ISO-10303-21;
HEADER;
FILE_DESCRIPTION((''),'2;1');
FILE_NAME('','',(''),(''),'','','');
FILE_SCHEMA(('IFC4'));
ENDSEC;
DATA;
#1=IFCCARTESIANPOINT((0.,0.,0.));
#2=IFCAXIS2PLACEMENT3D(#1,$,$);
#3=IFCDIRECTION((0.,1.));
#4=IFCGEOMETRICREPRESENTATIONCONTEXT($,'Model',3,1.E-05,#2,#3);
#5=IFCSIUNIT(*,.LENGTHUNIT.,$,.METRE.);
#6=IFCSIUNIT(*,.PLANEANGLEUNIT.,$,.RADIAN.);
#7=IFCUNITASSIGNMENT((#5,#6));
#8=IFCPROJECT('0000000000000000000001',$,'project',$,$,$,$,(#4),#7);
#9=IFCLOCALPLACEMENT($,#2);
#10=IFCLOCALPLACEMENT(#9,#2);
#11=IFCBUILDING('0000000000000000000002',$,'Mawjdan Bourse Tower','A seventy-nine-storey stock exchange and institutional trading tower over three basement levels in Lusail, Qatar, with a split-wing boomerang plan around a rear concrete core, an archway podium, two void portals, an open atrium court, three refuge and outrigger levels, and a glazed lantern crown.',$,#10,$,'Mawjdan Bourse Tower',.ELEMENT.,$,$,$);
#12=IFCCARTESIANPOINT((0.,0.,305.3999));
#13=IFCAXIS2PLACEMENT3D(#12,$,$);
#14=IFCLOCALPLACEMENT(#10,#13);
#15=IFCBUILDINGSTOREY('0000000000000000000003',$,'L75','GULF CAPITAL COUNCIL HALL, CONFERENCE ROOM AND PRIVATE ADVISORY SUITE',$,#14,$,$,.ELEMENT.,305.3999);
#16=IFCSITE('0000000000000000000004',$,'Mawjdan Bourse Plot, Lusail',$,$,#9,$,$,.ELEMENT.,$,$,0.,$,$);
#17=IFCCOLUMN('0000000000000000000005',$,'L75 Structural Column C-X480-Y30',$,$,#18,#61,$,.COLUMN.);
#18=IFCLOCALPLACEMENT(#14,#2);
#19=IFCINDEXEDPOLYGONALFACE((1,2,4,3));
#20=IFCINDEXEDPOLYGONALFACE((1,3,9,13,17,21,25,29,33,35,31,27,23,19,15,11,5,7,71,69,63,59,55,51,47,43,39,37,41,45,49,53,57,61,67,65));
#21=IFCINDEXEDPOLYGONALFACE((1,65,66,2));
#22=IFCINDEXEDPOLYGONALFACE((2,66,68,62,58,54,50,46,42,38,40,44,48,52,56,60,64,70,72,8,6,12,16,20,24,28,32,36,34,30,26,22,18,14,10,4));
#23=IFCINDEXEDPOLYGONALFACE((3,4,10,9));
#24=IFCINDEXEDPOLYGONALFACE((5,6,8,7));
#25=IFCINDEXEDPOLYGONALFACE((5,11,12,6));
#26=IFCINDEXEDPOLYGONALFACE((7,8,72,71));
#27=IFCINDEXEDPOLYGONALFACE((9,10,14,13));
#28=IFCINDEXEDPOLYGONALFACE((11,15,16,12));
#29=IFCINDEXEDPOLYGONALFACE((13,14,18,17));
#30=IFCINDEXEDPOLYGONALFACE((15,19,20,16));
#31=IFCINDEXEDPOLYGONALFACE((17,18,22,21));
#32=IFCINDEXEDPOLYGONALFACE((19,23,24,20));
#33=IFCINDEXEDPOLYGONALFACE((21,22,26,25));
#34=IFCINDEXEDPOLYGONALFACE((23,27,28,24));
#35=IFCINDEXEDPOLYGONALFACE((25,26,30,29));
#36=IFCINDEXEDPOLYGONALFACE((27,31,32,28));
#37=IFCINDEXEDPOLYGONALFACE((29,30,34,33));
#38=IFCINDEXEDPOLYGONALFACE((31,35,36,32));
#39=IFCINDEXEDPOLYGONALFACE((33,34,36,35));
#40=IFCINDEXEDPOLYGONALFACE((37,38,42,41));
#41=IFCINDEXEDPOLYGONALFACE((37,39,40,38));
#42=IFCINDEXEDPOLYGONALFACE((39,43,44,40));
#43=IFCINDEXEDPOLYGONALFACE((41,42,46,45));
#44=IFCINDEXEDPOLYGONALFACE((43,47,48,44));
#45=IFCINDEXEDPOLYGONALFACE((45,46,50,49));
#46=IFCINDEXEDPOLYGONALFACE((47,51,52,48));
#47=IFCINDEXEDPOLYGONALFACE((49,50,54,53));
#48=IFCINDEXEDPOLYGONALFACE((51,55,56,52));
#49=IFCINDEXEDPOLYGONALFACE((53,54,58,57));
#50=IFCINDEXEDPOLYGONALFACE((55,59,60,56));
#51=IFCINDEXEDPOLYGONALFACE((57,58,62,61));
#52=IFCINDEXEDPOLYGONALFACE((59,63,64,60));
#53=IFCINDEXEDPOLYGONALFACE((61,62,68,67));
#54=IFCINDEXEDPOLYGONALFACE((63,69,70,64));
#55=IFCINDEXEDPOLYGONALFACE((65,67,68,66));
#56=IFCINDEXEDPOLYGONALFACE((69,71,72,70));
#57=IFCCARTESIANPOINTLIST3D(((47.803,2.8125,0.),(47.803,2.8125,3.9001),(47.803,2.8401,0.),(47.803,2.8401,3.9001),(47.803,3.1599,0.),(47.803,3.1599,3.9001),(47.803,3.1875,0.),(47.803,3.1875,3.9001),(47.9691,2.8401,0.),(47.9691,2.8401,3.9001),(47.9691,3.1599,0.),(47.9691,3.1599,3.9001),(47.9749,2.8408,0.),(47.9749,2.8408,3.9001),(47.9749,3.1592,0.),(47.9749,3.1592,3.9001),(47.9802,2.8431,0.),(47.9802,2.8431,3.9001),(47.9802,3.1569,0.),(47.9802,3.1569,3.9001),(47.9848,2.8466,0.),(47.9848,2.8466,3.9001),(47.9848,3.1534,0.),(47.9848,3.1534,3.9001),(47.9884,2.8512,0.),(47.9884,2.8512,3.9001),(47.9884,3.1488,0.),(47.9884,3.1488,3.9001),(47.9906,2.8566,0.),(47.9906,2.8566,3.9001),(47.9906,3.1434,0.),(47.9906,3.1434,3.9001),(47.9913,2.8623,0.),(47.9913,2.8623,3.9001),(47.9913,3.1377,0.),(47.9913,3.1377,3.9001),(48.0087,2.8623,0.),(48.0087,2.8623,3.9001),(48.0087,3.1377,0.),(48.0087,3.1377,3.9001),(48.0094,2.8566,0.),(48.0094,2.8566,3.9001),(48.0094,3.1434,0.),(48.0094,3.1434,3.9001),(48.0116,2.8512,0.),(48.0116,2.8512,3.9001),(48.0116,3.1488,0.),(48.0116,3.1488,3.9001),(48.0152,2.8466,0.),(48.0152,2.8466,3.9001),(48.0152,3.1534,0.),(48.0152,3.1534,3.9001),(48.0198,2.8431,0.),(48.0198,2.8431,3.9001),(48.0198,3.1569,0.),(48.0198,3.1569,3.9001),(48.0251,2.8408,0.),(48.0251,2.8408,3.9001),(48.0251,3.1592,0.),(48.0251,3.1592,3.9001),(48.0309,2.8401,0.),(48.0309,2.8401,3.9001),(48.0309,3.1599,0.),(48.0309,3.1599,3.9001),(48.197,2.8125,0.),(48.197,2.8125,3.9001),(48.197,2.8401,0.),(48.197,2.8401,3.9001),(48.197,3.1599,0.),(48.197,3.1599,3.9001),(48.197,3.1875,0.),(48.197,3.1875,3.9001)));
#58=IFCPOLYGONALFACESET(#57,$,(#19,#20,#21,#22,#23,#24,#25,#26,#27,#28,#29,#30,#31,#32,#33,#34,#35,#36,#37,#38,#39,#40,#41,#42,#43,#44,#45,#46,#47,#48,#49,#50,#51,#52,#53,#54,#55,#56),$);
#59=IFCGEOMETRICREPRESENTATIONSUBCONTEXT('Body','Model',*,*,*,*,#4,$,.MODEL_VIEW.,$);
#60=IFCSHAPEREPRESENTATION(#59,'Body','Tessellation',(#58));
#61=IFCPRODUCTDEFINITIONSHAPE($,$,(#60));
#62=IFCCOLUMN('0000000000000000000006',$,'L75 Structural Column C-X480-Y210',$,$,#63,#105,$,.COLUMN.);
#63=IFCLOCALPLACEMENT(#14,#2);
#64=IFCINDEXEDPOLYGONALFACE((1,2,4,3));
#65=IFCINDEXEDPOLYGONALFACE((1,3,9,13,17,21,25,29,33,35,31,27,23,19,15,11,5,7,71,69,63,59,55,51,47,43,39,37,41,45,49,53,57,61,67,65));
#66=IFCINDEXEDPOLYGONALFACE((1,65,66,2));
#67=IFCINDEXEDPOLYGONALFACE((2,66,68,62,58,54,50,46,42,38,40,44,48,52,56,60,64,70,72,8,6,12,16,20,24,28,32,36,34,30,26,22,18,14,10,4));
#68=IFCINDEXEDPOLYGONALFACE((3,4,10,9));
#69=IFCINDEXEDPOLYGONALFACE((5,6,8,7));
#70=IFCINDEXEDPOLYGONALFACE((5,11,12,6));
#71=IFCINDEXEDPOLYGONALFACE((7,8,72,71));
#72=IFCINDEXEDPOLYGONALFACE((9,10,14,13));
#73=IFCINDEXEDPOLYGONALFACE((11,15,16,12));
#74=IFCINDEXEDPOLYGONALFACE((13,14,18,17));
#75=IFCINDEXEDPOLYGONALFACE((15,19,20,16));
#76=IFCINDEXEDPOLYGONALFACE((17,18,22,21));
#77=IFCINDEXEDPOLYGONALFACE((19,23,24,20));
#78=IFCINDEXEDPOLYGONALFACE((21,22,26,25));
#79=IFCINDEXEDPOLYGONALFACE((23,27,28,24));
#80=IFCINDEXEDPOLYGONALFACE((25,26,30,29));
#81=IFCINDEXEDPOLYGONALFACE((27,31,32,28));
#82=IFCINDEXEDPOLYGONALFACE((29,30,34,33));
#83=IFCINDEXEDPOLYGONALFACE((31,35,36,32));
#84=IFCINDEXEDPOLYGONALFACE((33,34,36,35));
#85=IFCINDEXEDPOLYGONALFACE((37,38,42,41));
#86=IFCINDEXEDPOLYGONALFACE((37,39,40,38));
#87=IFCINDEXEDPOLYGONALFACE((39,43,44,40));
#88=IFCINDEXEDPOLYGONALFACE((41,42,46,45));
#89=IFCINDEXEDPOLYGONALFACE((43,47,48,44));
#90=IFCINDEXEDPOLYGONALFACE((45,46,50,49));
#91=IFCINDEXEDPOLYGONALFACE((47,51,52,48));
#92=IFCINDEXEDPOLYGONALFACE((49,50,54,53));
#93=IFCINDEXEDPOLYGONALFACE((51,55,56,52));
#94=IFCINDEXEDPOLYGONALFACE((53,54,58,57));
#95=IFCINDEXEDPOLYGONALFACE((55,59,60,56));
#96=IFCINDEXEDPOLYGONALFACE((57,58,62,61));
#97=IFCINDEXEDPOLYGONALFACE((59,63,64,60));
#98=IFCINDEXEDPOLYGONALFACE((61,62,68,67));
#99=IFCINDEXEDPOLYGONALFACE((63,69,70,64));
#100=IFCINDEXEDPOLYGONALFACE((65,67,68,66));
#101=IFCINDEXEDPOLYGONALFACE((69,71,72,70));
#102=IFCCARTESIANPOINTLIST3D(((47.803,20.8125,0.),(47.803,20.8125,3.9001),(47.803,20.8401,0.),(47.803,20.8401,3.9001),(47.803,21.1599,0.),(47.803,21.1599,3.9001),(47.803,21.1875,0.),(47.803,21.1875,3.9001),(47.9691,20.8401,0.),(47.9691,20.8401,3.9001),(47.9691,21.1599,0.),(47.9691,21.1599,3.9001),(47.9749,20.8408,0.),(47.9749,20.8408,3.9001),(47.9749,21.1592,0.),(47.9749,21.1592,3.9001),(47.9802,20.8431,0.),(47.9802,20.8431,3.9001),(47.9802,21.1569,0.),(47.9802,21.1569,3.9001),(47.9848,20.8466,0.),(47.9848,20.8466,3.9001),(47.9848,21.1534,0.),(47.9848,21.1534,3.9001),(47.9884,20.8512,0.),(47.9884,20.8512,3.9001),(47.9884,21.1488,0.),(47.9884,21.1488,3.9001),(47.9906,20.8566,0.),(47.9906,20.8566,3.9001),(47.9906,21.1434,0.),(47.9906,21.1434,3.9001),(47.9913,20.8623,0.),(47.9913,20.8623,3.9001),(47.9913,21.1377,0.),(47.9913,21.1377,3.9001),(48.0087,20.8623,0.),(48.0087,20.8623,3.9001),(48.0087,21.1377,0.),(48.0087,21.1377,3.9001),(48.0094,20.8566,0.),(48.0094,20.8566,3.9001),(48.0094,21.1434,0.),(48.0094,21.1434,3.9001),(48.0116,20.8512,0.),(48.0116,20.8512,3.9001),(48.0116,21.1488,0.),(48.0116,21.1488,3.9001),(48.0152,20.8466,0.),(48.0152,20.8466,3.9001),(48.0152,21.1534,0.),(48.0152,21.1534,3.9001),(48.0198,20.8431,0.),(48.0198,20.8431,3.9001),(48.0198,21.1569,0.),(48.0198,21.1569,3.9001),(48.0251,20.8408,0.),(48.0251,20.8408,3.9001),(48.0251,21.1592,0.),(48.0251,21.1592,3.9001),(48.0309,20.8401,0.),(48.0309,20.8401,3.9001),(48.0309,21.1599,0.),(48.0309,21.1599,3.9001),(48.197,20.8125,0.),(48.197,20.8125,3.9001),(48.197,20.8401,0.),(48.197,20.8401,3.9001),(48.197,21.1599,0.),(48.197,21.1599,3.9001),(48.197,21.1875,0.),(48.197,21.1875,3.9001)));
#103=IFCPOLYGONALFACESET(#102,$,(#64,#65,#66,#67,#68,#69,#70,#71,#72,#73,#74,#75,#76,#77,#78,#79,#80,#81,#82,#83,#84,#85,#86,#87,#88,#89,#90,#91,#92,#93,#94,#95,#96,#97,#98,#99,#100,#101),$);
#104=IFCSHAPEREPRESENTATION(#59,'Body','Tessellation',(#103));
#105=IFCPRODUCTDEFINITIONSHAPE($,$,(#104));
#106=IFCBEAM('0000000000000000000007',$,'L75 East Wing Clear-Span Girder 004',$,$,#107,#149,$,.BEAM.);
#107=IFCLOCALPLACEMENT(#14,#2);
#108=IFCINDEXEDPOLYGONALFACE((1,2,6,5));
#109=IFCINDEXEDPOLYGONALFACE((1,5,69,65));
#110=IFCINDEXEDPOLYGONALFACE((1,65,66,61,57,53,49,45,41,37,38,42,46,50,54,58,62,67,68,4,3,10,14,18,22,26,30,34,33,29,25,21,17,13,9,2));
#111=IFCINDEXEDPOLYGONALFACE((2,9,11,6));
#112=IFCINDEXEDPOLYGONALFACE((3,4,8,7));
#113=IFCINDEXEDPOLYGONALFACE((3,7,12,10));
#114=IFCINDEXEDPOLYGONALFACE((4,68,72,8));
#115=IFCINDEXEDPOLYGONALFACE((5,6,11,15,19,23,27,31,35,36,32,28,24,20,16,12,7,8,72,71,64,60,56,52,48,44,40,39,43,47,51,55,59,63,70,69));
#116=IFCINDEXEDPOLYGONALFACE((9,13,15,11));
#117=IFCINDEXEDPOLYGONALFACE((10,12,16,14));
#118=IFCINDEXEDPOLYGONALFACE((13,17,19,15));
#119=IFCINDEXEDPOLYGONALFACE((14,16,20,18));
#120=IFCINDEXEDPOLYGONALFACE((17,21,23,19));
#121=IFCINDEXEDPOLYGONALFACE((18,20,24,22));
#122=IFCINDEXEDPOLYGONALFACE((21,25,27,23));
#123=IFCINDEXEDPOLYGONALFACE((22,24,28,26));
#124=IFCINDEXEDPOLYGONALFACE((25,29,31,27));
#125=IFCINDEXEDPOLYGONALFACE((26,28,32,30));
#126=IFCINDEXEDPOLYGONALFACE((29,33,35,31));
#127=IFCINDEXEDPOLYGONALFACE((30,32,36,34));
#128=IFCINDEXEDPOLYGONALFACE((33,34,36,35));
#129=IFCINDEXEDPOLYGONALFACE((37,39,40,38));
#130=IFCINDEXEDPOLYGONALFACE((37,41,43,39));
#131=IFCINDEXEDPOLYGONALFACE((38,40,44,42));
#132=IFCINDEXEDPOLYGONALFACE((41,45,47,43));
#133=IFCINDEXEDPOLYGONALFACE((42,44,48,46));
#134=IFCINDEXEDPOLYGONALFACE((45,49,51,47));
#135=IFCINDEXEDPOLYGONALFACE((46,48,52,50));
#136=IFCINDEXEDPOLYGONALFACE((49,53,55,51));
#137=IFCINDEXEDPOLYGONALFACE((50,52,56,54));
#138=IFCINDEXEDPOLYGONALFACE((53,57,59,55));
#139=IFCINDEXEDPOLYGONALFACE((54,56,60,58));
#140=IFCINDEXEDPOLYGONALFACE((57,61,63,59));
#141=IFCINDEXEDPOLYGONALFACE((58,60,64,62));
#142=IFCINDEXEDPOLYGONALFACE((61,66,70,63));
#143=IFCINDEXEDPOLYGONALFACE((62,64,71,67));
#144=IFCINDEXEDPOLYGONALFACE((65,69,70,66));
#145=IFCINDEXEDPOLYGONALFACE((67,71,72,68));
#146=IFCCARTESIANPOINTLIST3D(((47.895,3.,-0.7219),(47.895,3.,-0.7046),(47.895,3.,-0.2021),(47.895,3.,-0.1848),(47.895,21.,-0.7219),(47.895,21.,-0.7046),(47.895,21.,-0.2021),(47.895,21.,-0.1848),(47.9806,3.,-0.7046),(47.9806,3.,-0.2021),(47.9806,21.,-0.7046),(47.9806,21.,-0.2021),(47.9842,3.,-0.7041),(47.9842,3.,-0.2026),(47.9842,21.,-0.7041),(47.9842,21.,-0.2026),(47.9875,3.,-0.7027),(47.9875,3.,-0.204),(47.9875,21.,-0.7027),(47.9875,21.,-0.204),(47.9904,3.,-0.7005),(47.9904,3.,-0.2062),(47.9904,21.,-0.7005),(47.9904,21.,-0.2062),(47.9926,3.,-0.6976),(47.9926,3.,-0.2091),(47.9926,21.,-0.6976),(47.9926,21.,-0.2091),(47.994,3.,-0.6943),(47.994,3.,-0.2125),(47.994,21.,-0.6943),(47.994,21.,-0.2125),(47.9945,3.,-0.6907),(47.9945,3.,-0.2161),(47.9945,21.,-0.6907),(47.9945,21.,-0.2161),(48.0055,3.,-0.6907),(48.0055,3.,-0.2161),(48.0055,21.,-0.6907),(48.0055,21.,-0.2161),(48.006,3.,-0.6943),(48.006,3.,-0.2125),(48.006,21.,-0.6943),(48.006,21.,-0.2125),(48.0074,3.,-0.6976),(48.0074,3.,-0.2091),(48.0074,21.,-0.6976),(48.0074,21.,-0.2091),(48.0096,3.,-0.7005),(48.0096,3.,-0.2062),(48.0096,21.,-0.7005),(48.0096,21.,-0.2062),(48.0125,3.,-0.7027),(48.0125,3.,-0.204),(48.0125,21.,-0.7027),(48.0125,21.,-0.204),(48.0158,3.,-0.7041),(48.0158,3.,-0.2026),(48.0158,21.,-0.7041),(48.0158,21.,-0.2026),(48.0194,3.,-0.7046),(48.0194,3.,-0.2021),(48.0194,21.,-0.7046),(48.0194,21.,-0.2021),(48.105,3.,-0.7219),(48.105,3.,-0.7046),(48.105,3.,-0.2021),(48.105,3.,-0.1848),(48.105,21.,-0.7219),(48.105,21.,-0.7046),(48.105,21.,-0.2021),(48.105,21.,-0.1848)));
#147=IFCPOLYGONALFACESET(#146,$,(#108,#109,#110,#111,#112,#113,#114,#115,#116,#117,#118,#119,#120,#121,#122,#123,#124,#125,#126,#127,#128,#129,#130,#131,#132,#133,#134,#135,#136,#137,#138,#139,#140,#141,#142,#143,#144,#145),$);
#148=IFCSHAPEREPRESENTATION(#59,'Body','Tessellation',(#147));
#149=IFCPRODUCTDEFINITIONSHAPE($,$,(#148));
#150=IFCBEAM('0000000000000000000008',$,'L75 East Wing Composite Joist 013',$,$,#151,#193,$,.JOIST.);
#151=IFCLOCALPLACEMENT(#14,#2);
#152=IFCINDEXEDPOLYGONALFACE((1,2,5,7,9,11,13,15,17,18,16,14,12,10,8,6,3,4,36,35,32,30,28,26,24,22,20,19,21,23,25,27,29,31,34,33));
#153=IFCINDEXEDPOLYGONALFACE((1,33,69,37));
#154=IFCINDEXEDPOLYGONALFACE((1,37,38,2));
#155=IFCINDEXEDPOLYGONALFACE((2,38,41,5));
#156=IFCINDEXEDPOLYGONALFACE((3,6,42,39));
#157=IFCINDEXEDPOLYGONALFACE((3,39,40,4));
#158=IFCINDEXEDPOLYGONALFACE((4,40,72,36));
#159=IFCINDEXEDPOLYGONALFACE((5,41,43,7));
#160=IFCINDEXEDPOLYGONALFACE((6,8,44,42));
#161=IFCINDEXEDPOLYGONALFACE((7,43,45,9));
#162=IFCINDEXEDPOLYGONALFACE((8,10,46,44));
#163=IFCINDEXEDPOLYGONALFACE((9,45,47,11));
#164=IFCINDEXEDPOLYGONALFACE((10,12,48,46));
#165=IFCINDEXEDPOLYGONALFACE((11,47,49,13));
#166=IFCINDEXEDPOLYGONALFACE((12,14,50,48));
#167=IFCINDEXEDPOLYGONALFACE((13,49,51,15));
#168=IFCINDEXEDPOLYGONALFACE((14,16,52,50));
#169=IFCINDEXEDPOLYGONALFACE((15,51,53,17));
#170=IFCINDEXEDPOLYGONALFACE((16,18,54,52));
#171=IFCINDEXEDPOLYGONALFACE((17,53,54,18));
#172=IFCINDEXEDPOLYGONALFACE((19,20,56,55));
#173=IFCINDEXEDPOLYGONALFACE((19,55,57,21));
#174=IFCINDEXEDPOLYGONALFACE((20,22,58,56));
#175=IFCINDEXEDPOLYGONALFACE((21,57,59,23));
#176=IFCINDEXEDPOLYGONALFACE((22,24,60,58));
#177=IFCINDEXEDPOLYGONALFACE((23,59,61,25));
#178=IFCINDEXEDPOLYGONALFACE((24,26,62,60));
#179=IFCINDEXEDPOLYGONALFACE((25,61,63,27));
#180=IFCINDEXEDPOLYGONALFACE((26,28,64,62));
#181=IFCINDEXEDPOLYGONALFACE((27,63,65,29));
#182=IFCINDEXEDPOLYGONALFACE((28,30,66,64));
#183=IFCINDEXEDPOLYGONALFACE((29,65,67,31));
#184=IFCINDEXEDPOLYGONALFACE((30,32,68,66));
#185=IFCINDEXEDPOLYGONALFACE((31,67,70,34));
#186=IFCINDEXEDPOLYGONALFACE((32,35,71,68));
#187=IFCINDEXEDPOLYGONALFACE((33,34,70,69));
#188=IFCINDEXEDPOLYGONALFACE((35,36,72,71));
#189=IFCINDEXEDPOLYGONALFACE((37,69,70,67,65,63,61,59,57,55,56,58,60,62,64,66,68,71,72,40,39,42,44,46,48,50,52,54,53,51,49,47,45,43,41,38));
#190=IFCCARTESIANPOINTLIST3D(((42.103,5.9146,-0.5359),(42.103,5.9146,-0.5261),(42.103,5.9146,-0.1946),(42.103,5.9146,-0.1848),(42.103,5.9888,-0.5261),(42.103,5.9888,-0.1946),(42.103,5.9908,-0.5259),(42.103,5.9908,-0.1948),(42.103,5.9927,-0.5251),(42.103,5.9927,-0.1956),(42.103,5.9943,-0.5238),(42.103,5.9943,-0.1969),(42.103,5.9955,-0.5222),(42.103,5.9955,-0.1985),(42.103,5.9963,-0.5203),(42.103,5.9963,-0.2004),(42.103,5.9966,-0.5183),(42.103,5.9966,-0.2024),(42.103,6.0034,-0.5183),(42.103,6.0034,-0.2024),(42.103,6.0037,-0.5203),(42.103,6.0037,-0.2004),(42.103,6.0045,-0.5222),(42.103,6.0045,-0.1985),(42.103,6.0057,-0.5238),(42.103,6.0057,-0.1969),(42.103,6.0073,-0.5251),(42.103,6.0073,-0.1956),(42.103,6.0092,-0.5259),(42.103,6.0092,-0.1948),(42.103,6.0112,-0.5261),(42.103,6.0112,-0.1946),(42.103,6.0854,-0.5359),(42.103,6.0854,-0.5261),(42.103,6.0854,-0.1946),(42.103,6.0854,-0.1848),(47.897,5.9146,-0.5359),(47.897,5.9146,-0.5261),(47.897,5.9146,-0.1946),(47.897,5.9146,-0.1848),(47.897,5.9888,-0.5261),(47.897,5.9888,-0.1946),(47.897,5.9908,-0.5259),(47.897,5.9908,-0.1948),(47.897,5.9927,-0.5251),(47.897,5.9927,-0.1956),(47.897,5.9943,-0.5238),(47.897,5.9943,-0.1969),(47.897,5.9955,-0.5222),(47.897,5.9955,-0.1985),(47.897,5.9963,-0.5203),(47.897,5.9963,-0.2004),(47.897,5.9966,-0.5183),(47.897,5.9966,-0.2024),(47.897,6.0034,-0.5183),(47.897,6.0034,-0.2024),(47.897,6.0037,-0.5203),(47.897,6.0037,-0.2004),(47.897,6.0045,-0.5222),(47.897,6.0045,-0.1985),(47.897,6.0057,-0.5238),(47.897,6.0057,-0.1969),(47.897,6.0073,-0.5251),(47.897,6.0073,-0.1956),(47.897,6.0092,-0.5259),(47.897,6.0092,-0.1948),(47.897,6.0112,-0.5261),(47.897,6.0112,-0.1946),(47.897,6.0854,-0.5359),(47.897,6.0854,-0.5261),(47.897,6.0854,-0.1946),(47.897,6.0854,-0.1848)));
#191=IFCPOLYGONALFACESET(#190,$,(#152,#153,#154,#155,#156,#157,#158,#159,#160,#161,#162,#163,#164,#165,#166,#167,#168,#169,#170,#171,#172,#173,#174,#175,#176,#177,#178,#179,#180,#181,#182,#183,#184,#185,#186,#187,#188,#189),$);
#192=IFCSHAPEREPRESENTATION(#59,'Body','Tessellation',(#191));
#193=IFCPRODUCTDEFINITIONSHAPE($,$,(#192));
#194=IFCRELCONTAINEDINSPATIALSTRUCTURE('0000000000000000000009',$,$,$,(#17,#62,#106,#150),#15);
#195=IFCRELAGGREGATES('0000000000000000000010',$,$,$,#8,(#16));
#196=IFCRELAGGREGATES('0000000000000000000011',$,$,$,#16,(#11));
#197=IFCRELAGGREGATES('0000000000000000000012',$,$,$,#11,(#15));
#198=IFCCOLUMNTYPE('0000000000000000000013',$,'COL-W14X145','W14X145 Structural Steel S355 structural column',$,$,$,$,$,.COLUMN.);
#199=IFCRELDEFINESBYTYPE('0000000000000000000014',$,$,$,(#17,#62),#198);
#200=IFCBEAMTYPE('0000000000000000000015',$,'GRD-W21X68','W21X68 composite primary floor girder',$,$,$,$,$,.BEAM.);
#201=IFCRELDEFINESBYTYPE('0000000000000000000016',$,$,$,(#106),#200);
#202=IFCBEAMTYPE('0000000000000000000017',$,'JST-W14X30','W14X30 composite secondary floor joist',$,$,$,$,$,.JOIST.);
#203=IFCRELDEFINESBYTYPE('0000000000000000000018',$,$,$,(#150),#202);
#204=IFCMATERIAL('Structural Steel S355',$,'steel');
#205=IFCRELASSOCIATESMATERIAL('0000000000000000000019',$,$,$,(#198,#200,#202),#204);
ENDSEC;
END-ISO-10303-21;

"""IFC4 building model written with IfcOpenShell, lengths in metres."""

from ifc_helpers import new_model, si_unit, direction, frame, origin, origin_2d, place, context, subcontext, project, spatial, i_section, extrude, material, material_profile, profile_set, type_object, element, save


model = new_model("IFC4")

# Units and contexts
model_context = context("Model", 3, precision=1e-05, world=origin(), true_north=direction((0.0, 1.0)))
body_context = subcontext(model_context, "Body", "Model", "MODEL_VIEW")
ifc_project = project(units=[si_unit("LENGTHUNIT", "METRE"), si_unit("PLANEANGLEUNIT", "RADIAN")], contexts=[model_context])

# Site, building, storey
site_placement = place(None, origin())
site = spatial("IfcSite", under=ifc_project, at=site_placement, Name="Mawjdan Bourse Plot, Lusail", CompositionType="ELEMENT", RefElevation=0.0)
building_placement = place(site_placement, origin())
building = spatial("IfcBuilding", under=site, at=building_placement, Name="Mawjdan Bourse Tower", Description="A seventy-nine-storey stock exchange and institutional trading tower over three basement levels in Lusail, Qatar, with a split-wing boomerang plan around a rear concrete core, an archway podium, two void portals, an open atrium court, three refuge and outrigger levels, and a glazed lantern crown.", LongName="Mawjdan Bourse Tower", CompositionType="ELEMENT")
storey_placement = place(building_placement, frame((0.0, 0.0, 305.3999)))
storey = spatial("IfcBuildingStorey", under=building, at=storey_placement, Name="L75", Description="GULF CAPITAL COUNCIL HALL, CONFERENCE ROOM AND PRIVATE ADVISORY SUITE", CompositionType="ELEMENT", Elevation=305.3999)

# Columns
ifc_material_1 = material(Name="Structural Steel S355", Category="steel")
ifc_material_profile_1 = material_profile(ifc_material_1, i_section(OverallWidth=0.394, OverallDepth=0.375, WebThickness=0.0173, FlangeThickness=0.0276, FilletRadius=0.0222, at=origin_2d()), Name="W14X145")
ifc_profile_set_1 = profile_set([ifc_material_profile_1], Name="Structural Steel S355")
column_type = type_object("IfcColumnType", Name="COL-W14X145", Description="W14X145 Structural Steel S355 structural column", PredefinedType="COLUMN", material=ifc_profile_set_1)
for number, where, z_axis, x_axis, name in (
    (1, (48.0, 3.0, 0.0), (0.0, 0.0, 1.0), (1.0, 0.0, 0.0), "L75 Structural Column C-X480-Y30"),
    (2, (48.0, 21.0, 0.0), (0.0, 0.0, 1.0), (1.0, 0.0, 0.0), "L75 Structural Column C-X480-Y210"),
):
    element("IfcColumn", number, at=place(storey_placement, frame(where, z_axis=z_axis, x_axis=x_axis)), inside=storey, type_object=column_type, Name=name, PredefinedType="COLUMN", context=body_context, shape_type="SweptSolid", body=[
        extrude(i_section(OverallWidth=0.394, OverallDepth=0.375, WebThickness=0.0173, FlangeThickness=0.0276, FilletRadius=0.0222, at=origin_2d()), origin(), (0.0, 0.0, 1.0), 3.9001),
    ])

# Beams
ifc_material_profile_2 = material_profile(ifc_material_1, i_section(OverallWidth=0.21, OverallDepth=0.5371, WebThickness=0.011, FlangeThickness=0.0173, FilletRadius=0.0139, at=origin_2d()), Name="W21X68")
ifc_profile_set_2 = profile_set([ifc_material_profile_2], Name="Structural Steel S355")
beam_type_1 = type_object("IfcBeamType", Name="GRD-W21X68", Description="W21X68 composite primary floor girder", PredefinedType="BEAM", material=ifc_profile_set_2)
beam_placement = place(storey_placement, frame((48.0, 3.0, -0.4534), z_axis=(0.0, 1.0, 0.0), x_axis=(-1.0, 0.0, 0.0)))
element("IfcBeam", 3, at=beam_placement, inside=storey, type_object=beam_type_1, Name="L75 East Wing Clear-Span Girder 004", PredefinedType="BEAM", context=body_context, shape_type="SweptSolid", body=[
    extrude(i_section(OverallWidth=0.21, OverallDepth=0.5371, WebThickness=0.011, FlangeThickness=0.0173, FilletRadius=0.0139, at=origin_2d()), origin(), (0.0, 0.0, 1.0), 18.0),
])
ifc_material_profile_3 = material_profile(ifc_material_1, i_section(OverallWidth=0.1709, OverallDepth=0.3511, WebThickness=0.0068, FlangeThickness=0.0098, FilletRadius=0.0078, at=origin_2d()), Name="W14X30")
ifc_profile_set_3 = profile_set([ifc_material_profile_3], Name="Structural Steel S355")
beam_type_2 = type_object("IfcBeamType", Name="JST-W14X30", Description="W14X30 composite secondary floor joist", PredefinedType="JOIST", material=ifc_profile_set_3)
for number, where, z_axis, x_axis, name in (
    (4, (42.103, 6.0, -0.3604), (1.0, 0.0, 0.0), (0.0, 1.0, 0.0), "L75 East Wing Composite Joist 013"),
):
    element("IfcBeam", number, at=place(storey_placement, frame(where, z_axis=z_axis, x_axis=x_axis)), inside=storey, type_object=beam_type_2, Name=name, PredefinedType="JOIST", context=body_context, shape_type="SweptSolid", body=[
        extrude(i_section(OverallWidth=0.1709, OverallDepth=0.3511, WebThickness=0.0068, FlangeThickness=0.0098, FilletRadius=0.0078, at=origin_2d()), origin(), (0.0, 0.0, 1.0), 5.7939),
    ])

save(model, "model.ifc")
